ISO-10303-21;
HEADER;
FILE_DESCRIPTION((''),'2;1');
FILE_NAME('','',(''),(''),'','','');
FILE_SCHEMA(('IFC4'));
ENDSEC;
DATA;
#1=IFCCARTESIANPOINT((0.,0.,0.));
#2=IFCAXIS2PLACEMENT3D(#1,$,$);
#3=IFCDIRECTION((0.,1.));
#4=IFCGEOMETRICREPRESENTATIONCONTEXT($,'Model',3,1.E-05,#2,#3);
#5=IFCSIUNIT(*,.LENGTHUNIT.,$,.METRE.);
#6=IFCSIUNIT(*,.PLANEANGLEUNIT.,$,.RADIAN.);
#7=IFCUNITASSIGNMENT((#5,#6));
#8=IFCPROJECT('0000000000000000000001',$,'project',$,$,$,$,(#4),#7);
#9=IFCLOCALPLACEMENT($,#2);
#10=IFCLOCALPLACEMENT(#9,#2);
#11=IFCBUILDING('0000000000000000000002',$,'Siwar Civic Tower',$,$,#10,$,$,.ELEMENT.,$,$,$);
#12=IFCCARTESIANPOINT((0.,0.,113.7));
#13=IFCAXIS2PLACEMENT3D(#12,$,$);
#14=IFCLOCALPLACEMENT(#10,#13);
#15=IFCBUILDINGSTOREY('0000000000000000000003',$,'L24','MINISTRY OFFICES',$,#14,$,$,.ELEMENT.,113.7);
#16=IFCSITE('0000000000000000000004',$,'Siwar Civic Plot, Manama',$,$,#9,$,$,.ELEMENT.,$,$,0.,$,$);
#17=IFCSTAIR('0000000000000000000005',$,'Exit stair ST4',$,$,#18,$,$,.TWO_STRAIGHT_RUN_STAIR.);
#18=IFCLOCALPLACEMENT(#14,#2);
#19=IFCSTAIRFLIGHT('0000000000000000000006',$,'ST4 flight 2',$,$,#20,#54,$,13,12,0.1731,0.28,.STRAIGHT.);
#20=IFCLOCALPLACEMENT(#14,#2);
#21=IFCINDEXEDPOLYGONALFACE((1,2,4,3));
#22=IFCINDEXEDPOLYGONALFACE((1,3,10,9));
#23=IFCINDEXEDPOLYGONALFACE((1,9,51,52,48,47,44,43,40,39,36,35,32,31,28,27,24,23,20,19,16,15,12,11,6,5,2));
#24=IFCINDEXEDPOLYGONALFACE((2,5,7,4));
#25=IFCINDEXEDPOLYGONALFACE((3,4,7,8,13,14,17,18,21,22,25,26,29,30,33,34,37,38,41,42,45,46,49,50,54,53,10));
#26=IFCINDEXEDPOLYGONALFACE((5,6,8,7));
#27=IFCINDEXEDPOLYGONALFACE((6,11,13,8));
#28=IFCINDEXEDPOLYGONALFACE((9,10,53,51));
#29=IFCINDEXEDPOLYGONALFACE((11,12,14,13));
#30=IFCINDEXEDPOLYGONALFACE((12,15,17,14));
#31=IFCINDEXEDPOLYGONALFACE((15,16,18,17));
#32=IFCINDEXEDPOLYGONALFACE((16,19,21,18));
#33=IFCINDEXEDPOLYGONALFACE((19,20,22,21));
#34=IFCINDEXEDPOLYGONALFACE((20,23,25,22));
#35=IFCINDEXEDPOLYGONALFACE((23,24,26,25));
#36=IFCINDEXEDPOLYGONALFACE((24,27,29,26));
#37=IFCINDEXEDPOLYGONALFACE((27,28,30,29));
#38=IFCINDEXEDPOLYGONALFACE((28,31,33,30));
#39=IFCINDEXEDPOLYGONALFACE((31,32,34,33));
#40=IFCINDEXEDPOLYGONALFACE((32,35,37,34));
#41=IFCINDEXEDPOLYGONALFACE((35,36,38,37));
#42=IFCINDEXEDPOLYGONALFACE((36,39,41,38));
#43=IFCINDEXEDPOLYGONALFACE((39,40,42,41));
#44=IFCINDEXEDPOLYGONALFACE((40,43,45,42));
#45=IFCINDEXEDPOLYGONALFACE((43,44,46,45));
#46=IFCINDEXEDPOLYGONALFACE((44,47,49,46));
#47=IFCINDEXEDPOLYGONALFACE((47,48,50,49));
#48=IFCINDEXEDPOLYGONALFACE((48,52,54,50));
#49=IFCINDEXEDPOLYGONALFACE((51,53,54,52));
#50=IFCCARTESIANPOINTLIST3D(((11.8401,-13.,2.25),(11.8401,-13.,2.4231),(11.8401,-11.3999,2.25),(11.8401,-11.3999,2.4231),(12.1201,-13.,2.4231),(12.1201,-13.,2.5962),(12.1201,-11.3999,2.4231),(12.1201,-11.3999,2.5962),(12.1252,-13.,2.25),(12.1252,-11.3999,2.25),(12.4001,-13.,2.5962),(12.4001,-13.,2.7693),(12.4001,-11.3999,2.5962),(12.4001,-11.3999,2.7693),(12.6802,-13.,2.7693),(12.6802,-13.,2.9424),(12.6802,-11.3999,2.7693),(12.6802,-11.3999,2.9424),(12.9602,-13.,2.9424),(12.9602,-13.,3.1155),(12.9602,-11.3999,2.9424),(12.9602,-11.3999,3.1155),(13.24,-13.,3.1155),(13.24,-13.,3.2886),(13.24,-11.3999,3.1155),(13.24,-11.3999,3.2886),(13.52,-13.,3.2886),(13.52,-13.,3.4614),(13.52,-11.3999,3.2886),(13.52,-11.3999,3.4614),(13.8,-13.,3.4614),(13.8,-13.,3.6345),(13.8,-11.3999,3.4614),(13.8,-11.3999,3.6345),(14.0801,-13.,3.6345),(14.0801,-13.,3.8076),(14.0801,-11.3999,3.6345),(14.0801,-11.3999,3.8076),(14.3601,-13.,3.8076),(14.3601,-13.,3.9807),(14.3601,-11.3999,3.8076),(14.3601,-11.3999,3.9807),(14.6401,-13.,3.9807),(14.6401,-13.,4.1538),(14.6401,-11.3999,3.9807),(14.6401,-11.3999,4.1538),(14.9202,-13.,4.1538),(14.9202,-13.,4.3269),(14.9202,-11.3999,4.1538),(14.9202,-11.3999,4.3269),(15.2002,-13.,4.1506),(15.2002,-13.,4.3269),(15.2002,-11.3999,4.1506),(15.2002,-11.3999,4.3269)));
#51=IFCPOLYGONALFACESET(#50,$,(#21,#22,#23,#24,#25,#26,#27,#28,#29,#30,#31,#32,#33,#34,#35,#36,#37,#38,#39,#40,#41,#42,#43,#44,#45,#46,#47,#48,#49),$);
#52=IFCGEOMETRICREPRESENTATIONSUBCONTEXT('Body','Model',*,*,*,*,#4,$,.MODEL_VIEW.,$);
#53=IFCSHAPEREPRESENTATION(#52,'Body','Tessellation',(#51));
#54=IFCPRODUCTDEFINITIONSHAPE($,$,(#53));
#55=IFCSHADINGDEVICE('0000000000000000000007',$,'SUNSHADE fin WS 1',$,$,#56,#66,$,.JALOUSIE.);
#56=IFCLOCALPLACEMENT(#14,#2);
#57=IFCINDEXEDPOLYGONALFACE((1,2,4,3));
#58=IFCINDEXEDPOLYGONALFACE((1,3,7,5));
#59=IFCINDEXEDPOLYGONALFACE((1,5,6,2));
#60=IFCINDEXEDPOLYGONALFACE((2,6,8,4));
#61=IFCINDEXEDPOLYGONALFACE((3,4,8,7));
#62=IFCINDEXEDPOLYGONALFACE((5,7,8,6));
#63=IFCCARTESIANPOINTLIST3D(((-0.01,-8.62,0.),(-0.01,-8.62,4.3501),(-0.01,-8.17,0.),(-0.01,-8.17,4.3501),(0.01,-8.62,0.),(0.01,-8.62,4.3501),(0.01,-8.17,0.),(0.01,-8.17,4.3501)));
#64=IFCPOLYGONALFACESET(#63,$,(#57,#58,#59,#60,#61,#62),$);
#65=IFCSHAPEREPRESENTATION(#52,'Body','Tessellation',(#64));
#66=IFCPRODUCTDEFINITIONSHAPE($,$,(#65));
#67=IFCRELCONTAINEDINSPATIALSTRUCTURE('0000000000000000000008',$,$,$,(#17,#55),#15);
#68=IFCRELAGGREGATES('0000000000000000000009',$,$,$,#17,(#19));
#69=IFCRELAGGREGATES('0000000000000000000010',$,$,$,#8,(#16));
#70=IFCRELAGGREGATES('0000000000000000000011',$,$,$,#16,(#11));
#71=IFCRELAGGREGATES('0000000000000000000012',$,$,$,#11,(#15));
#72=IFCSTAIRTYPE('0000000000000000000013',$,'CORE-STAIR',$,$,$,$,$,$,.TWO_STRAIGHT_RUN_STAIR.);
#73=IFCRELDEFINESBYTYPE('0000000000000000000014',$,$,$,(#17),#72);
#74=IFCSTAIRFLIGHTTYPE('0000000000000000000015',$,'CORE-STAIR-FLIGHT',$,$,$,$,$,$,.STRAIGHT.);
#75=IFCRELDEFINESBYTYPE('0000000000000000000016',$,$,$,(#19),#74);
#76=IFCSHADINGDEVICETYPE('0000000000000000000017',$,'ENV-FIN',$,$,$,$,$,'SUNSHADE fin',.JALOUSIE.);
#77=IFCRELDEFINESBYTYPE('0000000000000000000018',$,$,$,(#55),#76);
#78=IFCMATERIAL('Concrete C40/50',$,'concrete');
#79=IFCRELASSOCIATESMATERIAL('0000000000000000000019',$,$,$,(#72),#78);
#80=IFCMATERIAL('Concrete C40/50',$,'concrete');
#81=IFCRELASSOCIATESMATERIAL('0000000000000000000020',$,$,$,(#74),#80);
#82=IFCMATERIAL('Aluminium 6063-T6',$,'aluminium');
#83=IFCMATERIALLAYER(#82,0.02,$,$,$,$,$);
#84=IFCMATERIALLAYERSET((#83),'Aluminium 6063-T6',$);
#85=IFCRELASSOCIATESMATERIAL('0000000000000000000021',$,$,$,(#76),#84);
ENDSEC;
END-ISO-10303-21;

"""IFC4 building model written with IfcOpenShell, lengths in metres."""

from ifc_helpers import new_model, si_unit, direction, frame, origin, origin_2d, place, context, subcontext, project, spatial, polyline, rectangle, outline, extrude, material, layer, layer_set, type_object, element, aggregate, save


model = new_model("IFC4")

# Units and contexts
model_context = context("Model", 3, precision=1e-05, world=origin(), true_north=direction((0.0, 1.0)))
body_context = subcontext(model_context, "Body", "Model", "MODEL_VIEW")
ifc_project = project(units=[si_unit("LENGTHUNIT", "METRE"), si_unit("PLANEANGLEUNIT", "RADIAN")], contexts=[model_context])

# Site, building, storey
site_placement = place(None, origin())
site = spatial("IfcSite", under=ifc_project, at=site_placement, Name="Siwar Civic Plot, Manama", CompositionType="ELEMENT", RefElevation=0.0)
building_placement = place(site_placement, origin())
building = spatial("IfcBuilding", under=site, at=building_placement, Name="Siwar Civic Tower", CompositionType="ELEMENT")
storey_placement = place(building_placement, frame((0.0, 0.0, 113.7)))
storey = spatial("IfcBuildingStorey", under=building, at=storey_placement, Name="L24", Description="MINISTRY OFFICES", CompositionType="ELEMENT", Elevation=113.7)

# Stair, stair flight
ifc_material_1 = material(Name="Concrete C40/50", Category="concrete")
stair_type = type_object("IfcStairType", Name="CORE-STAIR", PredefinedType="TWO_STRAIGHT_RUN_STAIR", material=ifc_material_1)
stair_placement = place(storey_placement, origin())
stair = element("IfcStair", 1, at=stair_placement, inside=storey, type_object=stair_type, Name="Exit stair ST4", PredefinedType="TWO_STRAIGHT_RUN_STAIR")
ifc_material_2 = material(Name="Concrete C40/50", Category="concrete")
stair_flight_type = type_object("IfcStairFlightType", Name="CORE-STAIR-FLIGHT", PredefinedType="STRAIGHT", material=ifc_material_2)
stair_flight_placement = place(storey_placement, frame((11.8401, -12.2, 2.25), z_axis=(0.0, 0.0, 1.0), x_axis=(1.0, 0.0, 0.0)))
stair_flight = element("IfcStairFlight", 2, at=stair_flight_placement, type_object=stair_flight_type, Name="ST4 flight 2", NumberOfRisers=13, NumberOfTreads=12, PredefinedType="STRAIGHT", RiserHeight=0.1731, TreadLength=0.28, context=body_context, shape_type="SweptSolid", body=[
    extrude(outline(polyline([(0.0, 0.0), (0.0, 0.1731), (0.28, 0.1731), (0.28, 0.3462), (0.5601, 0.3462), (0.5601, 0.5193), (0.8401, 0.5193), (0.8401, 0.6924), (1.1201, 0.6924), (1.1201, 0.8655), (1.3999, 0.8655), (1.3999, 1.0386), (1.6799, 1.0386), (1.6799, 1.2114), (1.96, 1.2114), (1.96, 1.3845), (2.24, 1.3845), (2.24, 1.5576), (2.52, 1.5576), (2.52, 1.7307), (2.8, 1.7307), (2.8, 1.9038), (3.0801, 1.9038), (3.0801, 2.0769), (3.3601, 2.0769), (3.3601, 2.25), (3.3601, 1.9006), (0.2852, 0.0), (0.0, 0.0)])), frame((0.0, 0.8, 0.0), z_axis=(0.0, -1.0, 0.0), x_axis=(1.0, 0.0, 0.0)), (0.0, 0.0, 1.0), 1.6001),
])
aggregate(stair, [stair_flight])

# Shading device
ifc_material_3 = material(Name="Aluminium 6063-T6", Category="aluminium")
ifc_layer_1 = layer(ifc_material_3, 0.02)
ifc_layer_set_1 = layer_set([ifc_layer_1], Name="Aluminium 6063-T6")
shading_device_type = type_object("IfcShadingDeviceType", Name="ENV-FIN", ElementType="SUNSHADE fin", PredefinedType="JALOUSIE", material=ifc_layer_set_1)
shading_device_placement = place(storey_placement, frame((0.0, -8.395, 0.0), z_axis=(0.0, 0.0, 1.0), x_axis=(1.0, 0.0, 0.0)))
element("IfcShadingDevice", 3, at=shading_device_placement, inside=storey, type_object=shading_device_type, Name="SUNSHADE fin WS 1", PredefinedType="JALOUSIE", context=body_context, shape_type="SweptSolid", body=[
    extrude(rectangle(XDim=0.02, YDim=0.45, at=origin_2d()), origin(), (0.0, 0.0, 1.0), 4.3501),
])

save(model, "model.ifc")
